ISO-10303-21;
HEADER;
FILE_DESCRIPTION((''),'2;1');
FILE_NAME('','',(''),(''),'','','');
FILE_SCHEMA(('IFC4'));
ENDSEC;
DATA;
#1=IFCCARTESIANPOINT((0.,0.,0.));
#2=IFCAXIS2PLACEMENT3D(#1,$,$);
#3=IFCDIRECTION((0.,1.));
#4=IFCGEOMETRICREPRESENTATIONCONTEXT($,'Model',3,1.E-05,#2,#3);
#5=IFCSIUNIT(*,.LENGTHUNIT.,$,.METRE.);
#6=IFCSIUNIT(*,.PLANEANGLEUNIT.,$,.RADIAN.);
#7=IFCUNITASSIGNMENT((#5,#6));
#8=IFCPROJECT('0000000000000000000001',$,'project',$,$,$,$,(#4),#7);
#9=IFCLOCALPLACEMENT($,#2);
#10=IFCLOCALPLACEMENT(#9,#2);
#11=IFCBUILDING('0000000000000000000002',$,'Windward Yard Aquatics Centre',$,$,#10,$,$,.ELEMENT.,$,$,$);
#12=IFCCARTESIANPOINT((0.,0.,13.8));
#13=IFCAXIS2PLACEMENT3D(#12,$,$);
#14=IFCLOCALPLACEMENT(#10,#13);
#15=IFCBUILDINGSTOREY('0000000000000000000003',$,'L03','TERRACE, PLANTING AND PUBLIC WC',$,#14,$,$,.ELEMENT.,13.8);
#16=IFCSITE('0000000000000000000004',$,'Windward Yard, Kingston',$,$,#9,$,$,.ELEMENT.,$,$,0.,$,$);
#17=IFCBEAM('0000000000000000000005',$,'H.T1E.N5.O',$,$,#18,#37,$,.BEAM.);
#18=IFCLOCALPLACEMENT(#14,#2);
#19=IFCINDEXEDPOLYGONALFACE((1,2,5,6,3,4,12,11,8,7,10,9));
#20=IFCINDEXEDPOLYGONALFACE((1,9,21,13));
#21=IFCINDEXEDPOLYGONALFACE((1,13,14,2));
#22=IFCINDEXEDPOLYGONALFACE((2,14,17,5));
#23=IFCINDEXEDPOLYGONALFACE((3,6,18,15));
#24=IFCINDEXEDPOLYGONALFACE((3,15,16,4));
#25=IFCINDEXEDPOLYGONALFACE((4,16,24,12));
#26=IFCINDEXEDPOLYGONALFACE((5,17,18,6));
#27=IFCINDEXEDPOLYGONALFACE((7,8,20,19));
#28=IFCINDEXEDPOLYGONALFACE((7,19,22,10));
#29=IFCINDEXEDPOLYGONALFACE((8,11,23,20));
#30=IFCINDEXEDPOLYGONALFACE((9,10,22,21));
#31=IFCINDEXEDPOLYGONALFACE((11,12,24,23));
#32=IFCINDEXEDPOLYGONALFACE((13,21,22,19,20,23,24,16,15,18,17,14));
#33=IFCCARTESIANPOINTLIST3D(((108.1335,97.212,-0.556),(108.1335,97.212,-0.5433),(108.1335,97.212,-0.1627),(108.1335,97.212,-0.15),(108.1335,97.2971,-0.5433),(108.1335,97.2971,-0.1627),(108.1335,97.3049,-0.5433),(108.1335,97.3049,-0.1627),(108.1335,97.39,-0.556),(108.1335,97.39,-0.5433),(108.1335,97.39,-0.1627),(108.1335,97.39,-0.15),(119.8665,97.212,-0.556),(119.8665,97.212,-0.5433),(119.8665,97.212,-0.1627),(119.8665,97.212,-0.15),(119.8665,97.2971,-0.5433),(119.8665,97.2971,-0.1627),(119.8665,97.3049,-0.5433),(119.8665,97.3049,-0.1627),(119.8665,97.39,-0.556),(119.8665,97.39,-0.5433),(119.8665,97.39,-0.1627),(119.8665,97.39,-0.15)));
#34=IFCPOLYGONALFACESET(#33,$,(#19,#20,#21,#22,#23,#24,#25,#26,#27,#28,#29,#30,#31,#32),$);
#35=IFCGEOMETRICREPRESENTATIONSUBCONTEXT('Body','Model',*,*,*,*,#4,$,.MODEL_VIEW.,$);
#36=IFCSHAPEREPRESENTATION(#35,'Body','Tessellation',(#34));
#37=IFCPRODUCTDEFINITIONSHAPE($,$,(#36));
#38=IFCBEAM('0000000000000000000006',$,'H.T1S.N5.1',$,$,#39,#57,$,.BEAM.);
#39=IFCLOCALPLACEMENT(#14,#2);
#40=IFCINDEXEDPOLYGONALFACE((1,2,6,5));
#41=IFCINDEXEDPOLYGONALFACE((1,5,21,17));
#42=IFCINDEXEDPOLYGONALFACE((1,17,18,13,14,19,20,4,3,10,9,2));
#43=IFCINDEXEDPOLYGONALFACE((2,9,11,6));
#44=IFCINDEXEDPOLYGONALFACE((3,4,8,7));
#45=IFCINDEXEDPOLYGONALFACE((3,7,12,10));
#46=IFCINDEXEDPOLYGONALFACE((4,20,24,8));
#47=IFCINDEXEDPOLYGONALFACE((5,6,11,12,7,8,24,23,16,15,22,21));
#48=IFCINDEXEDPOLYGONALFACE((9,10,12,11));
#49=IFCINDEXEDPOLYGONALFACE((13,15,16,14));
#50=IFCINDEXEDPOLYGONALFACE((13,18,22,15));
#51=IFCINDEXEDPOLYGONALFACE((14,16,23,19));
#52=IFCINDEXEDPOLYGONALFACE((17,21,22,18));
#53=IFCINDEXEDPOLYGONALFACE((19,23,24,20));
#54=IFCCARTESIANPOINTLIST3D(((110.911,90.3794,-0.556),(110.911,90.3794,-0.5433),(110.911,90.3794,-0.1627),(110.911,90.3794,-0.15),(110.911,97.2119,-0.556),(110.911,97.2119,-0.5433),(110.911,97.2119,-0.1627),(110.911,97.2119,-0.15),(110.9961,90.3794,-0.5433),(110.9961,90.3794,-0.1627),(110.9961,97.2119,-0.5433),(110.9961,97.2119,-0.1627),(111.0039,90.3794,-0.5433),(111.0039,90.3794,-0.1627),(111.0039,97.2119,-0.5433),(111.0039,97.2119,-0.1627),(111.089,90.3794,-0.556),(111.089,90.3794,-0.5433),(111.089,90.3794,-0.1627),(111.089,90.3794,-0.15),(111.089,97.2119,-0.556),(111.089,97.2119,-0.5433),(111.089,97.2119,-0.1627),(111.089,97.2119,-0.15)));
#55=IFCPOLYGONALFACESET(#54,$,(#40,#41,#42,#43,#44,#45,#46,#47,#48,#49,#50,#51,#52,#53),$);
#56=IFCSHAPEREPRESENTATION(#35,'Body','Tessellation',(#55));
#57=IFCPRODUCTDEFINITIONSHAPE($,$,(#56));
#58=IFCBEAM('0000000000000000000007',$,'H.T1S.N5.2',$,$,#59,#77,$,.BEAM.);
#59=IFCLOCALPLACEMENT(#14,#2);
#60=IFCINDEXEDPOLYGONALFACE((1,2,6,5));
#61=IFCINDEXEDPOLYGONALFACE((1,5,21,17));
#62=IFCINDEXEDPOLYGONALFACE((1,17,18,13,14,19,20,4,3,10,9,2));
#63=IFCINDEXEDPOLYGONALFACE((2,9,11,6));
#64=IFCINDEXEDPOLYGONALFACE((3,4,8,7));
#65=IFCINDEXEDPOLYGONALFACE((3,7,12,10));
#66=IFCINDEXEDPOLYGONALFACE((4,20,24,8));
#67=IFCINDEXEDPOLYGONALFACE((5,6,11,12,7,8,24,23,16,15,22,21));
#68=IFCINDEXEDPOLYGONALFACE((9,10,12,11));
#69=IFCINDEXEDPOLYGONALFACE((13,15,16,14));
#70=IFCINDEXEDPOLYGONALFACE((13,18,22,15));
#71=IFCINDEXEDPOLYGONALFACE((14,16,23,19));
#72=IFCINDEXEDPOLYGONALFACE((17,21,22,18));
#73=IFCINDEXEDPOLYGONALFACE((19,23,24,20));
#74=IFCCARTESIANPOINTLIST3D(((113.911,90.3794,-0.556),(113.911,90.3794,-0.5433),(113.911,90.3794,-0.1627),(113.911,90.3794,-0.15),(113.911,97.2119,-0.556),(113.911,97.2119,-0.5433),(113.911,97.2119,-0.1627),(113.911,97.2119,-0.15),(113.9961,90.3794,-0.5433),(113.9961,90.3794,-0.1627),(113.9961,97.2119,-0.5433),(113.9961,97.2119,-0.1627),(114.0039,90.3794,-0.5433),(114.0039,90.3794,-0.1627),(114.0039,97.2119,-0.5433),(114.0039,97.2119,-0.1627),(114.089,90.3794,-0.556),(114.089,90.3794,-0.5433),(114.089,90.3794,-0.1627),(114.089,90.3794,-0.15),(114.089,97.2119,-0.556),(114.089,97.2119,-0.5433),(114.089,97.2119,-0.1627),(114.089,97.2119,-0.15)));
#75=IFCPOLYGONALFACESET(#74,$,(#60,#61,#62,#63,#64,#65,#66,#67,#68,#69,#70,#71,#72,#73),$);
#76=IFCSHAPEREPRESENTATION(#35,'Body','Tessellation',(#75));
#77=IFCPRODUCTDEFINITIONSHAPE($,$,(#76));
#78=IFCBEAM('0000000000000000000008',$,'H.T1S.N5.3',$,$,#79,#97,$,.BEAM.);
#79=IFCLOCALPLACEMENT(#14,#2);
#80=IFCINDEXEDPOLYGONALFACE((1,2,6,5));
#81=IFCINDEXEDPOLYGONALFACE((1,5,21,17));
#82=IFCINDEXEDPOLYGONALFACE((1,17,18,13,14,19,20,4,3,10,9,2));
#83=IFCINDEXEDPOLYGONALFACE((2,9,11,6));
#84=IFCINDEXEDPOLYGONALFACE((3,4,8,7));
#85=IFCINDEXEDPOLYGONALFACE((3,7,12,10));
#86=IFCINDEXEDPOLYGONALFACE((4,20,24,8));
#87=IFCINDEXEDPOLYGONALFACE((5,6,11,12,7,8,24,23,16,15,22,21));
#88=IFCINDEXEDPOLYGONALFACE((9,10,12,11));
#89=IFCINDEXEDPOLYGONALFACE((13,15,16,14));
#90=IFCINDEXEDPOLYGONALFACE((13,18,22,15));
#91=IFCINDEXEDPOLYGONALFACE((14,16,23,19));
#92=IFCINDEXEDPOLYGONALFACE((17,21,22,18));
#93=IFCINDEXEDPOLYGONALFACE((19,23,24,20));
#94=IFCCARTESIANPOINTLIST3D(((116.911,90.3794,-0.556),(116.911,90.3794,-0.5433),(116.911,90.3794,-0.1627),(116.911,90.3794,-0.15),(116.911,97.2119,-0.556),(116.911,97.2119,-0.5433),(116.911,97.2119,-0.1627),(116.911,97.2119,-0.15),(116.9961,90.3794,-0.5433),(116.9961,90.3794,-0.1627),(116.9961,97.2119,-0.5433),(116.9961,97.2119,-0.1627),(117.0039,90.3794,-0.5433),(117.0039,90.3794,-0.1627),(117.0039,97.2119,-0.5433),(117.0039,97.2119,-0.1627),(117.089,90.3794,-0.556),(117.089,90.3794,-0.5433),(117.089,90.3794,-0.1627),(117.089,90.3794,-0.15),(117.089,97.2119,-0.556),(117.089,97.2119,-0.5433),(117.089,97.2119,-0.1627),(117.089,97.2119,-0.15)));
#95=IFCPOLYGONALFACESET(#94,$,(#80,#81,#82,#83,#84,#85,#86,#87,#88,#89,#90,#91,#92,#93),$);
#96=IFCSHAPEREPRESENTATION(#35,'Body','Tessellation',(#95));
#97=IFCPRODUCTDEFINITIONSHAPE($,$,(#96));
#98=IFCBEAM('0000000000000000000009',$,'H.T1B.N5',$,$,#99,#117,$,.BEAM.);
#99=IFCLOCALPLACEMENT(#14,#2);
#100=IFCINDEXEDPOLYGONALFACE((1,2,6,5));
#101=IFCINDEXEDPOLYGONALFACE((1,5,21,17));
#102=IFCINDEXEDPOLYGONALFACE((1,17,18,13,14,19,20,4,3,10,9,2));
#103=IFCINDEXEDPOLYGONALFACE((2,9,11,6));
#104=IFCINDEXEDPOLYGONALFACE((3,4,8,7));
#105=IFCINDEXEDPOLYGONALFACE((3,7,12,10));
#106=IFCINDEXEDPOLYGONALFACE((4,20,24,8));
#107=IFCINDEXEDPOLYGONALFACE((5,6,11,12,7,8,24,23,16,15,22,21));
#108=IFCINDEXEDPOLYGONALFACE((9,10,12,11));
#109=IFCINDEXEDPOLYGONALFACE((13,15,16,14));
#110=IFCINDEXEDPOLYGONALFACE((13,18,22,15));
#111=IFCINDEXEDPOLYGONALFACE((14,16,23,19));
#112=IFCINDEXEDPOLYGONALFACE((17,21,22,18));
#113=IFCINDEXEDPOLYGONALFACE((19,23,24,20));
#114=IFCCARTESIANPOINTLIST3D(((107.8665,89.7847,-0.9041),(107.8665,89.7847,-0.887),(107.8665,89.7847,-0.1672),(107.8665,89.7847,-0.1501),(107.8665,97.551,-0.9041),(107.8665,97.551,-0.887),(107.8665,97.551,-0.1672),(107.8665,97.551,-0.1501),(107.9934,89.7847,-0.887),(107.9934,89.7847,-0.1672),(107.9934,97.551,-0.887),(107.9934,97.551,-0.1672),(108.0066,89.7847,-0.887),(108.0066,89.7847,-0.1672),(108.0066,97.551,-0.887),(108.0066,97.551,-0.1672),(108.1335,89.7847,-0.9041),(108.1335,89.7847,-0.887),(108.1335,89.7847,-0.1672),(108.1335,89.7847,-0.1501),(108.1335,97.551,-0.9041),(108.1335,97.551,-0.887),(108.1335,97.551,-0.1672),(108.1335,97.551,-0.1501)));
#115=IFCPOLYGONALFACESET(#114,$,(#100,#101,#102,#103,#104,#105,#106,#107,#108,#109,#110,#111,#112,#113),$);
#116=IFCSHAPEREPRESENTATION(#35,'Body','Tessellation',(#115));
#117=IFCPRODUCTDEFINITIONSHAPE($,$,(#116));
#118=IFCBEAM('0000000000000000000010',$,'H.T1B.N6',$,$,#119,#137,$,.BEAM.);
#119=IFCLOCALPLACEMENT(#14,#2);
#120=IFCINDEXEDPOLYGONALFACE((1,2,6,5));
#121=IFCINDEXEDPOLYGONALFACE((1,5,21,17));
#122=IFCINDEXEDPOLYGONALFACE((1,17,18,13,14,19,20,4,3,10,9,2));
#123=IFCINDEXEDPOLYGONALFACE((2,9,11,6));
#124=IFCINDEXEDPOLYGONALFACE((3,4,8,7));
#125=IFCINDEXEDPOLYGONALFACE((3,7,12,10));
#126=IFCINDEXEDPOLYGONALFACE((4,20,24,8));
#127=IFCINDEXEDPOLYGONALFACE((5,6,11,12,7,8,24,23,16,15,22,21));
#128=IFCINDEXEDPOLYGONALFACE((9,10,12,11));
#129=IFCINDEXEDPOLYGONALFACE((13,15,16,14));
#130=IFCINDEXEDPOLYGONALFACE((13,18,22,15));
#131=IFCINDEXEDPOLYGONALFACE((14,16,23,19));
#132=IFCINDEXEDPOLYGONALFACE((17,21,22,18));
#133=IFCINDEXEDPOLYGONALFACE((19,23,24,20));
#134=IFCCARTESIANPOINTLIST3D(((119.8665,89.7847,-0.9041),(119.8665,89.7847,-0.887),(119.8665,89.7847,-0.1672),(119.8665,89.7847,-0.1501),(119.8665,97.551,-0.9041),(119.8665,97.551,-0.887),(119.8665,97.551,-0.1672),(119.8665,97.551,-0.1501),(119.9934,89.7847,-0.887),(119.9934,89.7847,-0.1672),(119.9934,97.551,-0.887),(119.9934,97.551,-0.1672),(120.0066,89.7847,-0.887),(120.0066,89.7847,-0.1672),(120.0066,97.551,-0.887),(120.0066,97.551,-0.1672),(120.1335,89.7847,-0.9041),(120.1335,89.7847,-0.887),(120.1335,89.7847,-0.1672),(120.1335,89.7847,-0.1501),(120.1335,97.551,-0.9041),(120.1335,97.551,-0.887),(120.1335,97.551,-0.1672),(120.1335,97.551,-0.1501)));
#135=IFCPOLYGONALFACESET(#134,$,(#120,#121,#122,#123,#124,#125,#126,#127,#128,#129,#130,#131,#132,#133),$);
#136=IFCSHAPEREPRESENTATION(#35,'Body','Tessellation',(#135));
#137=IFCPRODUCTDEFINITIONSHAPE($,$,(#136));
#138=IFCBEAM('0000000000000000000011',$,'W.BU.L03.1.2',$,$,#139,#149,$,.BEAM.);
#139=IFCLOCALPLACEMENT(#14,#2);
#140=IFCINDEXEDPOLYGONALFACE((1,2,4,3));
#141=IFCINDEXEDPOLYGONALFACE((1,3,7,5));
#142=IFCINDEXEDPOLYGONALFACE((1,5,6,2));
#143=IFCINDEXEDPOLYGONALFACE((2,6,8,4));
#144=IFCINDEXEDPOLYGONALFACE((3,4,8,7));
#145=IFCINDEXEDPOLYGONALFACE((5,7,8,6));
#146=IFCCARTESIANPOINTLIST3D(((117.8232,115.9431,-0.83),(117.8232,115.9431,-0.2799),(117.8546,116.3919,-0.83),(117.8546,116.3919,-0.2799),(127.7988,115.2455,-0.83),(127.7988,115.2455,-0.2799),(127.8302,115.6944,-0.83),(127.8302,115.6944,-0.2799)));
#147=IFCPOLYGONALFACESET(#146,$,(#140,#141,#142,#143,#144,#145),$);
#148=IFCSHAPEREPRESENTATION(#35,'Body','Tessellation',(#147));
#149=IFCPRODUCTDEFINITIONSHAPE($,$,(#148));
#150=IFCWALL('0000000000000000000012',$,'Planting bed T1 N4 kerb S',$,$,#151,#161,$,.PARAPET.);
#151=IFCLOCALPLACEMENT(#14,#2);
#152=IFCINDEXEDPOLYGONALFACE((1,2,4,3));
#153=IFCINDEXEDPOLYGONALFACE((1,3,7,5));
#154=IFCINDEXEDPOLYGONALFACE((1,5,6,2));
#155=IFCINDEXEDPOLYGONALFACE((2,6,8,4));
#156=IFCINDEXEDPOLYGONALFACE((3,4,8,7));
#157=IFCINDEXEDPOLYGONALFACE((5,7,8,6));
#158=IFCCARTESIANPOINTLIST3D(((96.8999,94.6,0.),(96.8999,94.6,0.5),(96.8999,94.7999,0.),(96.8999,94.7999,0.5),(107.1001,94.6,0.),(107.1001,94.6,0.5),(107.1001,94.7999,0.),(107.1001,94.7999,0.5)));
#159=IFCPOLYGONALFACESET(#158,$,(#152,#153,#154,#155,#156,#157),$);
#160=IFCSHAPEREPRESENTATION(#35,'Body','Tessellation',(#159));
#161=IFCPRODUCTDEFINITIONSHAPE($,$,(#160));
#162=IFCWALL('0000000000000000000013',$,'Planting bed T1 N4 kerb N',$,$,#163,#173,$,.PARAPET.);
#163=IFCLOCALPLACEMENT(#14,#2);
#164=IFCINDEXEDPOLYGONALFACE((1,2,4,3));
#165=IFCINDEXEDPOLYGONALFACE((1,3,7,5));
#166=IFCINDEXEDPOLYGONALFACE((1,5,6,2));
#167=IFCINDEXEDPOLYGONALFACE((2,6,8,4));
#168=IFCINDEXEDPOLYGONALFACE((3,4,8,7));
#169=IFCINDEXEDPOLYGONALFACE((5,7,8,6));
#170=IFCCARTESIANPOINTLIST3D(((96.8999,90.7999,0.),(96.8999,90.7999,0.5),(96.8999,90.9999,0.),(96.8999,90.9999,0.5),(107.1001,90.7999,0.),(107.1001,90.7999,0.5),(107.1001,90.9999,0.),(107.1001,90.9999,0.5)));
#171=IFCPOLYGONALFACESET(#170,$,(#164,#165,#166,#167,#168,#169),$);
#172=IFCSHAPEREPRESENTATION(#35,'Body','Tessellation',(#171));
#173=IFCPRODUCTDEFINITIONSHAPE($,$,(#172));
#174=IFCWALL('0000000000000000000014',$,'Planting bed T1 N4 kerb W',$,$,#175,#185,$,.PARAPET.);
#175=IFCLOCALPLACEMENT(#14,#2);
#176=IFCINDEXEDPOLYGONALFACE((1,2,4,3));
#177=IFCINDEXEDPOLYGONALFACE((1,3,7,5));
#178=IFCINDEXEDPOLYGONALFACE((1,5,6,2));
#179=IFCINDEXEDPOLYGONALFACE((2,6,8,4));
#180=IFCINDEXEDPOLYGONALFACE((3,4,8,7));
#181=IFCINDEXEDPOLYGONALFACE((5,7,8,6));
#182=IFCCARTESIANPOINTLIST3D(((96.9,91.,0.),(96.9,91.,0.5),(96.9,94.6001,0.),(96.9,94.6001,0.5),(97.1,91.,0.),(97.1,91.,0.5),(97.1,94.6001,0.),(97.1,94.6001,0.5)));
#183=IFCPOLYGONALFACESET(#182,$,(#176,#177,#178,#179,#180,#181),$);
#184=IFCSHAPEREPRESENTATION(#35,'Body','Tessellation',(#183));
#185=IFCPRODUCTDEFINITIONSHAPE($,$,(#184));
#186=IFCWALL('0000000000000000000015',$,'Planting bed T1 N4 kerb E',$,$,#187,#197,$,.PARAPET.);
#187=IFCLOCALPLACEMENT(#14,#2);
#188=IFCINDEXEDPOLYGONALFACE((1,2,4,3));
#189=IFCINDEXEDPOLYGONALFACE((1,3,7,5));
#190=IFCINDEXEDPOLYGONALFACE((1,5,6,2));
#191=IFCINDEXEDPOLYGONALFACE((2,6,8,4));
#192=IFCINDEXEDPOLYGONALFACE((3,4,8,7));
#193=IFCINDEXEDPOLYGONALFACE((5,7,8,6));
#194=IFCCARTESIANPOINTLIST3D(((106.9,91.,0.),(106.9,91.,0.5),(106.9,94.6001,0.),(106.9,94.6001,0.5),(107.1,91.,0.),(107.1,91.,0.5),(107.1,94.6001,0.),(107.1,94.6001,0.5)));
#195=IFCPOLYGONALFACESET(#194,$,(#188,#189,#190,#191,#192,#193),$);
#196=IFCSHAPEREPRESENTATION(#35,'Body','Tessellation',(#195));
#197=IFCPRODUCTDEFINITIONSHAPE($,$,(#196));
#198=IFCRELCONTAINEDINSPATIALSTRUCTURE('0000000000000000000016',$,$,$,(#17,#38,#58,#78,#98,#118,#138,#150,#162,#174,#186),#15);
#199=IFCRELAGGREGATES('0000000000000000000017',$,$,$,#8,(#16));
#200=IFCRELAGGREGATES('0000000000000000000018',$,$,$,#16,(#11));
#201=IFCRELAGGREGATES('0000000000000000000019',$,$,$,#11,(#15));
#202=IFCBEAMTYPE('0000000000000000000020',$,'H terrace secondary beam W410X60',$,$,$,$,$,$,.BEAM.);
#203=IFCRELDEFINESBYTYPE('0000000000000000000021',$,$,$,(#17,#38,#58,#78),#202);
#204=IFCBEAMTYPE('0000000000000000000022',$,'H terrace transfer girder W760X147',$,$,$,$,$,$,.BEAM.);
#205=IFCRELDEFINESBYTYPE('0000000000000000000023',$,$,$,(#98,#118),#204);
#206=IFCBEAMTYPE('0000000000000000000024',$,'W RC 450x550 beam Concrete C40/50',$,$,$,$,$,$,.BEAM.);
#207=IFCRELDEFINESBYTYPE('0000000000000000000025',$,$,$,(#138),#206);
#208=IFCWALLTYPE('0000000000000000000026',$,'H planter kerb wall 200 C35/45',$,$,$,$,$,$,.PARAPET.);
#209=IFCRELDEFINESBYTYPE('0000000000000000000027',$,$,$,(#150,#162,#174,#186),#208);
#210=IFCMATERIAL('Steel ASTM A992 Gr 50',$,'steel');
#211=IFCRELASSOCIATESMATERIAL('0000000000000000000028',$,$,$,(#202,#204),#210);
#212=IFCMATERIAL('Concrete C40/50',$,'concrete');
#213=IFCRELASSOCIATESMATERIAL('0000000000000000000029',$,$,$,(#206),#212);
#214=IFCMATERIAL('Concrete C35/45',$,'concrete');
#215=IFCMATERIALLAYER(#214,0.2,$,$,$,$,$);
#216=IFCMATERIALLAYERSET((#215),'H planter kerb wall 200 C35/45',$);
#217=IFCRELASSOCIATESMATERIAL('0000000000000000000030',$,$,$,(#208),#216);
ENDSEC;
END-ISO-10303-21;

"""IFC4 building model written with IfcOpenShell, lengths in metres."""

from ifc_helpers import new_model, si_unit, direction, frame, frame_2d, origin, origin_2d, place, context, subcontext, project, spatial, rectangle, i_section, extrude, material, layer, layer_set, material_profile, profile_set, type_object, element, save


model = new_model("IFC4")

# Units and contexts
model_context = context("Model", 3, precision=1e-05, world=origin(), true_north=direction((0.0, 1.0)))
body_context = subcontext(model_context, "Body", "Model", "MODEL_VIEW")
ifc_project = project(units=[si_unit("LENGTHUNIT", "METRE"), si_unit("PLANEANGLEUNIT", "RADIAN")], contexts=[model_context])

# Site, building, storey
site_placement = place(None, origin())
site = spatial("IfcSite", under=ifc_project, at=site_placement, Name="Windward Yard, Kingston", CompositionType="ELEMENT", RefElevation=0.0)
building_placement = place(site_placement, origin())
building = spatial("IfcBuilding", under=site, at=building_placement, Name="Windward Yard Aquatics Centre", CompositionType="ELEMENT")
storey_placement = place(building_placement, frame((0.0, 0.0, 13.8)))
storey = spatial("IfcBuildingStorey", under=building, at=storey_placement, Name="L03", Description="TERRACE, PLANTING AND PUBLIC WC", CompositionType="ELEMENT", Elevation=13.8)

# Beams
ifc_material_1 = material(Name="Steel ASTM A992 Gr 50", Category="steel")
ifc_material_profile_1 = material_profile(ifc_material_1, i_section(OverallWidth=0.178, OverallDepth=0.406, WebThickness=0.0078, FlangeThickness=0.0127, at=origin_2d()), Name="W410X60")
ifc_profile_set_1 = profile_set([ifc_material_profile_1], Name="Steel ASTM A992 Gr 50")
beam_type_1 = type_object("IfcBeamType", Name="H terrace secondary beam W410X60", PredefinedType="BEAM", material=ifc_profile_set_1)
beam_1_placement = place(storey_placement, frame((108.1335, 97.301, -0.353), z_axis=(1.0, 0.0, 0.0), x_axis=(0.0, 1.0, 0.0)))
element("IfcBeam", 1, at=beam_1_placement, inside=storey, type_object=beam_type_1, Name="H.T1E.N5.O", PredefinedType="BEAM", context=body_context, shape_type="SweptSolid", body=[
    extrude(i_section(OverallWidth=0.178, OverallDepth=0.406, WebThickness=0.0078, FlangeThickness=0.0127, at=origin_2d()), origin(), (0.0, 0.0, 1.0), 11.7329),
])
for number, where, z_axis, x_axis, name in (
    (2, (111.0, 97.2119, -0.353), (0.0, -1.0, 0.0), (1.0, 0.0, 0.0), "H.T1S.N5.1"),
    (3, (114.0, 97.2119, -0.353), (0.0, -1.0, 0.0), (1.0, 0.0, 0.0), "H.T1S.N5.2"),
    (4, (117.0, 97.2119, -0.353), (0.0, -1.0, 0.0), (1.0, 0.0, 0.0), "H.T1S.N5.3"),
):
    element("IfcBeam", number, at=place(storey_placement, frame(where, z_axis=z_axis, x_axis=x_axis)), inside=storey, type_object=beam_type_1, Name=name, PredefinedType="BEAM", context=body_context, shape_type="SweptSolid", body=[
        extrude(i_section(OverallWidth=0.178, OverallDepth=0.406, WebThickness=0.0078, FlangeThickness=0.0127, at=origin_2d()), origin(), (0.0, 0.0, 1.0), 6.8325),
    ])
ifc_material_profile_2 = material_profile(ifc_material_1, i_section(OverallWidth=0.2671, OverallDepth=0.7539, WebThickness=0.0132, FlangeThickness=0.0171, at=origin_2d()), Name="W760X147")
ifc_profile_set_2 = profile_set([ifc_material_profile_2], Name="Steel ASTM A992 Gr 50")
beam_type_2 = type_object("IfcBeamType", Name="H terrace transfer girder W760X147", PredefinedType="BEAM", material=ifc_profile_set_2)
for number, where, z_axis, x_axis, name in (
    (5, (108.0, 97.551, -0.5271), (0.0, -1.0, 0.0), (1.0, 0.0, 0.0), "H.T1B.N5"),
    (6, (120.0, 97.551, -0.5271), (0.0, -1.0, 0.0), (1.0, 0.0, 0.0), "H.T1B.N6"),
):
    element("IfcBeam", number, at=place(storey_placement, frame(where, z_axis=z_axis, x_axis=x_axis)), inside=storey, type_object=beam_type_2, Name=name, PredefinedType="BEAM", context=body_context, shape_type="SweptSolid", body=[
        extrude(i_section(OverallWidth=0.2671, OverallDepth=0.7539, WebThickness=0.0132, FlangeThickness=0.0171, at=origin_2d()), origin(), (0.0, 0.0, 1.0), 7.7664),
    ])
ifc_material_2 = material(Name="Concrete C40/50", Category="concrete")
ifc_material_profile_3 = material_profile(ifc_material_2, rectangle(XDim=0.45, YDim=0.55, at=origin_2d()), Name="RC 450x550")
ifc_profile_set_3 = profile_set([ifc_material_profile_3], Name="Concrete C40/50")
beam_type_3 = type_object("IfcBeamType", Name="W RC 450x550 beam Concrete C40/50", PredefinedType="BEAM", material=ifc_profile_set_3)
beam_2_placement = place(storey_placement, frame((117.8389, 116.1675, -0.5549), z_axis=(0.997564, -0.069751, 0.0), x_axis=(0.069751, 0.997564, 0.0)))
element("IfcBeam", 7, at=beam_2_placement, inside=storey, type_object=beam_type_3, Name="W.BU.L03.1.2", PredefinedType="BEAM", context=body_context, shape_type="SweptSolid", body=[
    extrude(rectangle(XDim=0.45, YDim=0.55, at=origin_2d()), origin(), (0.0, 0.0, 1.0), 10.0),
])

# Walls
ifc_material_3 = material(Name="Concrete C35/45", Category="concrete")
ifc_layer_1 = layer(ifc_material_3, 0.2)
ifc_layer_set_1 = layer_set([ifc_layer_1], Name="H planter kerb wall 200 C35/45")
wall_type_1 = type_object("IfcWallType", Name="H planter kerb wall 200 C35/45", PredefinedType="PARAPET", material=ifc_layer_set_1)
for number, where, z_axis, x_axis, name in (
    (8, (96.8999, 94.7, 0.0), (0.0, 0.0, 1.0), (1.0, 0.0, 0.0), "Planting bed T1 N4 kerb S"),
    (9, (96.8999, 90.8999, 0.0), (0.0, 0.0, 1.0), (1.0, 0.0, 0.0), "Planting bed T1 N4 kerb N"),
):
    element("IfcWall", number, at=place(storey_placement, frame(where, z_axis=z_axis, x_axis=x_axis)), inside=storey, type_object=wall_type_1, Name=name, PredefinedType="PARAPET", context=body_context, shape_type="SweptSolid", body=[
        extrude(rectangle(XDim=10.2002, YDim=0.2, at=frame_2d((5.1001, 0.0))), origin(), (0.0, 0.0, 1.0), 0.5),
    ])
for number, where, z_axis, x_axis, name in (
    (10, (97.0, 94.6001, 0.0), (0.0, 0.0, 1.0), (0.0, -1.0, 0.0), "Planting bed T1 N4 kerb W"),
    (11, (107.0, 94.6001, 0.0), (0.0, 0.0, 1.0), (0.0, -1.0, 0.0), "Planting bed T1 N4 kerb E"),
):
    element("IfcWall", number, at=place(storey_placement, frame(where, z_axis=z_axis, x_axis=x_axis)), inside=storey, type_object=wall_type_1, Name=name, PredefinedType="PARAPET", context=body_context, shape_type="SweptSolid", body=[
        extrude(rectangle(XDim=3.6001, YDim=0.2, at=frame_2d((1.8, 0.0))), origin(), (0.0, 0.0, 1.0), 0.5),
    ])

save(model, "model.ifc")
